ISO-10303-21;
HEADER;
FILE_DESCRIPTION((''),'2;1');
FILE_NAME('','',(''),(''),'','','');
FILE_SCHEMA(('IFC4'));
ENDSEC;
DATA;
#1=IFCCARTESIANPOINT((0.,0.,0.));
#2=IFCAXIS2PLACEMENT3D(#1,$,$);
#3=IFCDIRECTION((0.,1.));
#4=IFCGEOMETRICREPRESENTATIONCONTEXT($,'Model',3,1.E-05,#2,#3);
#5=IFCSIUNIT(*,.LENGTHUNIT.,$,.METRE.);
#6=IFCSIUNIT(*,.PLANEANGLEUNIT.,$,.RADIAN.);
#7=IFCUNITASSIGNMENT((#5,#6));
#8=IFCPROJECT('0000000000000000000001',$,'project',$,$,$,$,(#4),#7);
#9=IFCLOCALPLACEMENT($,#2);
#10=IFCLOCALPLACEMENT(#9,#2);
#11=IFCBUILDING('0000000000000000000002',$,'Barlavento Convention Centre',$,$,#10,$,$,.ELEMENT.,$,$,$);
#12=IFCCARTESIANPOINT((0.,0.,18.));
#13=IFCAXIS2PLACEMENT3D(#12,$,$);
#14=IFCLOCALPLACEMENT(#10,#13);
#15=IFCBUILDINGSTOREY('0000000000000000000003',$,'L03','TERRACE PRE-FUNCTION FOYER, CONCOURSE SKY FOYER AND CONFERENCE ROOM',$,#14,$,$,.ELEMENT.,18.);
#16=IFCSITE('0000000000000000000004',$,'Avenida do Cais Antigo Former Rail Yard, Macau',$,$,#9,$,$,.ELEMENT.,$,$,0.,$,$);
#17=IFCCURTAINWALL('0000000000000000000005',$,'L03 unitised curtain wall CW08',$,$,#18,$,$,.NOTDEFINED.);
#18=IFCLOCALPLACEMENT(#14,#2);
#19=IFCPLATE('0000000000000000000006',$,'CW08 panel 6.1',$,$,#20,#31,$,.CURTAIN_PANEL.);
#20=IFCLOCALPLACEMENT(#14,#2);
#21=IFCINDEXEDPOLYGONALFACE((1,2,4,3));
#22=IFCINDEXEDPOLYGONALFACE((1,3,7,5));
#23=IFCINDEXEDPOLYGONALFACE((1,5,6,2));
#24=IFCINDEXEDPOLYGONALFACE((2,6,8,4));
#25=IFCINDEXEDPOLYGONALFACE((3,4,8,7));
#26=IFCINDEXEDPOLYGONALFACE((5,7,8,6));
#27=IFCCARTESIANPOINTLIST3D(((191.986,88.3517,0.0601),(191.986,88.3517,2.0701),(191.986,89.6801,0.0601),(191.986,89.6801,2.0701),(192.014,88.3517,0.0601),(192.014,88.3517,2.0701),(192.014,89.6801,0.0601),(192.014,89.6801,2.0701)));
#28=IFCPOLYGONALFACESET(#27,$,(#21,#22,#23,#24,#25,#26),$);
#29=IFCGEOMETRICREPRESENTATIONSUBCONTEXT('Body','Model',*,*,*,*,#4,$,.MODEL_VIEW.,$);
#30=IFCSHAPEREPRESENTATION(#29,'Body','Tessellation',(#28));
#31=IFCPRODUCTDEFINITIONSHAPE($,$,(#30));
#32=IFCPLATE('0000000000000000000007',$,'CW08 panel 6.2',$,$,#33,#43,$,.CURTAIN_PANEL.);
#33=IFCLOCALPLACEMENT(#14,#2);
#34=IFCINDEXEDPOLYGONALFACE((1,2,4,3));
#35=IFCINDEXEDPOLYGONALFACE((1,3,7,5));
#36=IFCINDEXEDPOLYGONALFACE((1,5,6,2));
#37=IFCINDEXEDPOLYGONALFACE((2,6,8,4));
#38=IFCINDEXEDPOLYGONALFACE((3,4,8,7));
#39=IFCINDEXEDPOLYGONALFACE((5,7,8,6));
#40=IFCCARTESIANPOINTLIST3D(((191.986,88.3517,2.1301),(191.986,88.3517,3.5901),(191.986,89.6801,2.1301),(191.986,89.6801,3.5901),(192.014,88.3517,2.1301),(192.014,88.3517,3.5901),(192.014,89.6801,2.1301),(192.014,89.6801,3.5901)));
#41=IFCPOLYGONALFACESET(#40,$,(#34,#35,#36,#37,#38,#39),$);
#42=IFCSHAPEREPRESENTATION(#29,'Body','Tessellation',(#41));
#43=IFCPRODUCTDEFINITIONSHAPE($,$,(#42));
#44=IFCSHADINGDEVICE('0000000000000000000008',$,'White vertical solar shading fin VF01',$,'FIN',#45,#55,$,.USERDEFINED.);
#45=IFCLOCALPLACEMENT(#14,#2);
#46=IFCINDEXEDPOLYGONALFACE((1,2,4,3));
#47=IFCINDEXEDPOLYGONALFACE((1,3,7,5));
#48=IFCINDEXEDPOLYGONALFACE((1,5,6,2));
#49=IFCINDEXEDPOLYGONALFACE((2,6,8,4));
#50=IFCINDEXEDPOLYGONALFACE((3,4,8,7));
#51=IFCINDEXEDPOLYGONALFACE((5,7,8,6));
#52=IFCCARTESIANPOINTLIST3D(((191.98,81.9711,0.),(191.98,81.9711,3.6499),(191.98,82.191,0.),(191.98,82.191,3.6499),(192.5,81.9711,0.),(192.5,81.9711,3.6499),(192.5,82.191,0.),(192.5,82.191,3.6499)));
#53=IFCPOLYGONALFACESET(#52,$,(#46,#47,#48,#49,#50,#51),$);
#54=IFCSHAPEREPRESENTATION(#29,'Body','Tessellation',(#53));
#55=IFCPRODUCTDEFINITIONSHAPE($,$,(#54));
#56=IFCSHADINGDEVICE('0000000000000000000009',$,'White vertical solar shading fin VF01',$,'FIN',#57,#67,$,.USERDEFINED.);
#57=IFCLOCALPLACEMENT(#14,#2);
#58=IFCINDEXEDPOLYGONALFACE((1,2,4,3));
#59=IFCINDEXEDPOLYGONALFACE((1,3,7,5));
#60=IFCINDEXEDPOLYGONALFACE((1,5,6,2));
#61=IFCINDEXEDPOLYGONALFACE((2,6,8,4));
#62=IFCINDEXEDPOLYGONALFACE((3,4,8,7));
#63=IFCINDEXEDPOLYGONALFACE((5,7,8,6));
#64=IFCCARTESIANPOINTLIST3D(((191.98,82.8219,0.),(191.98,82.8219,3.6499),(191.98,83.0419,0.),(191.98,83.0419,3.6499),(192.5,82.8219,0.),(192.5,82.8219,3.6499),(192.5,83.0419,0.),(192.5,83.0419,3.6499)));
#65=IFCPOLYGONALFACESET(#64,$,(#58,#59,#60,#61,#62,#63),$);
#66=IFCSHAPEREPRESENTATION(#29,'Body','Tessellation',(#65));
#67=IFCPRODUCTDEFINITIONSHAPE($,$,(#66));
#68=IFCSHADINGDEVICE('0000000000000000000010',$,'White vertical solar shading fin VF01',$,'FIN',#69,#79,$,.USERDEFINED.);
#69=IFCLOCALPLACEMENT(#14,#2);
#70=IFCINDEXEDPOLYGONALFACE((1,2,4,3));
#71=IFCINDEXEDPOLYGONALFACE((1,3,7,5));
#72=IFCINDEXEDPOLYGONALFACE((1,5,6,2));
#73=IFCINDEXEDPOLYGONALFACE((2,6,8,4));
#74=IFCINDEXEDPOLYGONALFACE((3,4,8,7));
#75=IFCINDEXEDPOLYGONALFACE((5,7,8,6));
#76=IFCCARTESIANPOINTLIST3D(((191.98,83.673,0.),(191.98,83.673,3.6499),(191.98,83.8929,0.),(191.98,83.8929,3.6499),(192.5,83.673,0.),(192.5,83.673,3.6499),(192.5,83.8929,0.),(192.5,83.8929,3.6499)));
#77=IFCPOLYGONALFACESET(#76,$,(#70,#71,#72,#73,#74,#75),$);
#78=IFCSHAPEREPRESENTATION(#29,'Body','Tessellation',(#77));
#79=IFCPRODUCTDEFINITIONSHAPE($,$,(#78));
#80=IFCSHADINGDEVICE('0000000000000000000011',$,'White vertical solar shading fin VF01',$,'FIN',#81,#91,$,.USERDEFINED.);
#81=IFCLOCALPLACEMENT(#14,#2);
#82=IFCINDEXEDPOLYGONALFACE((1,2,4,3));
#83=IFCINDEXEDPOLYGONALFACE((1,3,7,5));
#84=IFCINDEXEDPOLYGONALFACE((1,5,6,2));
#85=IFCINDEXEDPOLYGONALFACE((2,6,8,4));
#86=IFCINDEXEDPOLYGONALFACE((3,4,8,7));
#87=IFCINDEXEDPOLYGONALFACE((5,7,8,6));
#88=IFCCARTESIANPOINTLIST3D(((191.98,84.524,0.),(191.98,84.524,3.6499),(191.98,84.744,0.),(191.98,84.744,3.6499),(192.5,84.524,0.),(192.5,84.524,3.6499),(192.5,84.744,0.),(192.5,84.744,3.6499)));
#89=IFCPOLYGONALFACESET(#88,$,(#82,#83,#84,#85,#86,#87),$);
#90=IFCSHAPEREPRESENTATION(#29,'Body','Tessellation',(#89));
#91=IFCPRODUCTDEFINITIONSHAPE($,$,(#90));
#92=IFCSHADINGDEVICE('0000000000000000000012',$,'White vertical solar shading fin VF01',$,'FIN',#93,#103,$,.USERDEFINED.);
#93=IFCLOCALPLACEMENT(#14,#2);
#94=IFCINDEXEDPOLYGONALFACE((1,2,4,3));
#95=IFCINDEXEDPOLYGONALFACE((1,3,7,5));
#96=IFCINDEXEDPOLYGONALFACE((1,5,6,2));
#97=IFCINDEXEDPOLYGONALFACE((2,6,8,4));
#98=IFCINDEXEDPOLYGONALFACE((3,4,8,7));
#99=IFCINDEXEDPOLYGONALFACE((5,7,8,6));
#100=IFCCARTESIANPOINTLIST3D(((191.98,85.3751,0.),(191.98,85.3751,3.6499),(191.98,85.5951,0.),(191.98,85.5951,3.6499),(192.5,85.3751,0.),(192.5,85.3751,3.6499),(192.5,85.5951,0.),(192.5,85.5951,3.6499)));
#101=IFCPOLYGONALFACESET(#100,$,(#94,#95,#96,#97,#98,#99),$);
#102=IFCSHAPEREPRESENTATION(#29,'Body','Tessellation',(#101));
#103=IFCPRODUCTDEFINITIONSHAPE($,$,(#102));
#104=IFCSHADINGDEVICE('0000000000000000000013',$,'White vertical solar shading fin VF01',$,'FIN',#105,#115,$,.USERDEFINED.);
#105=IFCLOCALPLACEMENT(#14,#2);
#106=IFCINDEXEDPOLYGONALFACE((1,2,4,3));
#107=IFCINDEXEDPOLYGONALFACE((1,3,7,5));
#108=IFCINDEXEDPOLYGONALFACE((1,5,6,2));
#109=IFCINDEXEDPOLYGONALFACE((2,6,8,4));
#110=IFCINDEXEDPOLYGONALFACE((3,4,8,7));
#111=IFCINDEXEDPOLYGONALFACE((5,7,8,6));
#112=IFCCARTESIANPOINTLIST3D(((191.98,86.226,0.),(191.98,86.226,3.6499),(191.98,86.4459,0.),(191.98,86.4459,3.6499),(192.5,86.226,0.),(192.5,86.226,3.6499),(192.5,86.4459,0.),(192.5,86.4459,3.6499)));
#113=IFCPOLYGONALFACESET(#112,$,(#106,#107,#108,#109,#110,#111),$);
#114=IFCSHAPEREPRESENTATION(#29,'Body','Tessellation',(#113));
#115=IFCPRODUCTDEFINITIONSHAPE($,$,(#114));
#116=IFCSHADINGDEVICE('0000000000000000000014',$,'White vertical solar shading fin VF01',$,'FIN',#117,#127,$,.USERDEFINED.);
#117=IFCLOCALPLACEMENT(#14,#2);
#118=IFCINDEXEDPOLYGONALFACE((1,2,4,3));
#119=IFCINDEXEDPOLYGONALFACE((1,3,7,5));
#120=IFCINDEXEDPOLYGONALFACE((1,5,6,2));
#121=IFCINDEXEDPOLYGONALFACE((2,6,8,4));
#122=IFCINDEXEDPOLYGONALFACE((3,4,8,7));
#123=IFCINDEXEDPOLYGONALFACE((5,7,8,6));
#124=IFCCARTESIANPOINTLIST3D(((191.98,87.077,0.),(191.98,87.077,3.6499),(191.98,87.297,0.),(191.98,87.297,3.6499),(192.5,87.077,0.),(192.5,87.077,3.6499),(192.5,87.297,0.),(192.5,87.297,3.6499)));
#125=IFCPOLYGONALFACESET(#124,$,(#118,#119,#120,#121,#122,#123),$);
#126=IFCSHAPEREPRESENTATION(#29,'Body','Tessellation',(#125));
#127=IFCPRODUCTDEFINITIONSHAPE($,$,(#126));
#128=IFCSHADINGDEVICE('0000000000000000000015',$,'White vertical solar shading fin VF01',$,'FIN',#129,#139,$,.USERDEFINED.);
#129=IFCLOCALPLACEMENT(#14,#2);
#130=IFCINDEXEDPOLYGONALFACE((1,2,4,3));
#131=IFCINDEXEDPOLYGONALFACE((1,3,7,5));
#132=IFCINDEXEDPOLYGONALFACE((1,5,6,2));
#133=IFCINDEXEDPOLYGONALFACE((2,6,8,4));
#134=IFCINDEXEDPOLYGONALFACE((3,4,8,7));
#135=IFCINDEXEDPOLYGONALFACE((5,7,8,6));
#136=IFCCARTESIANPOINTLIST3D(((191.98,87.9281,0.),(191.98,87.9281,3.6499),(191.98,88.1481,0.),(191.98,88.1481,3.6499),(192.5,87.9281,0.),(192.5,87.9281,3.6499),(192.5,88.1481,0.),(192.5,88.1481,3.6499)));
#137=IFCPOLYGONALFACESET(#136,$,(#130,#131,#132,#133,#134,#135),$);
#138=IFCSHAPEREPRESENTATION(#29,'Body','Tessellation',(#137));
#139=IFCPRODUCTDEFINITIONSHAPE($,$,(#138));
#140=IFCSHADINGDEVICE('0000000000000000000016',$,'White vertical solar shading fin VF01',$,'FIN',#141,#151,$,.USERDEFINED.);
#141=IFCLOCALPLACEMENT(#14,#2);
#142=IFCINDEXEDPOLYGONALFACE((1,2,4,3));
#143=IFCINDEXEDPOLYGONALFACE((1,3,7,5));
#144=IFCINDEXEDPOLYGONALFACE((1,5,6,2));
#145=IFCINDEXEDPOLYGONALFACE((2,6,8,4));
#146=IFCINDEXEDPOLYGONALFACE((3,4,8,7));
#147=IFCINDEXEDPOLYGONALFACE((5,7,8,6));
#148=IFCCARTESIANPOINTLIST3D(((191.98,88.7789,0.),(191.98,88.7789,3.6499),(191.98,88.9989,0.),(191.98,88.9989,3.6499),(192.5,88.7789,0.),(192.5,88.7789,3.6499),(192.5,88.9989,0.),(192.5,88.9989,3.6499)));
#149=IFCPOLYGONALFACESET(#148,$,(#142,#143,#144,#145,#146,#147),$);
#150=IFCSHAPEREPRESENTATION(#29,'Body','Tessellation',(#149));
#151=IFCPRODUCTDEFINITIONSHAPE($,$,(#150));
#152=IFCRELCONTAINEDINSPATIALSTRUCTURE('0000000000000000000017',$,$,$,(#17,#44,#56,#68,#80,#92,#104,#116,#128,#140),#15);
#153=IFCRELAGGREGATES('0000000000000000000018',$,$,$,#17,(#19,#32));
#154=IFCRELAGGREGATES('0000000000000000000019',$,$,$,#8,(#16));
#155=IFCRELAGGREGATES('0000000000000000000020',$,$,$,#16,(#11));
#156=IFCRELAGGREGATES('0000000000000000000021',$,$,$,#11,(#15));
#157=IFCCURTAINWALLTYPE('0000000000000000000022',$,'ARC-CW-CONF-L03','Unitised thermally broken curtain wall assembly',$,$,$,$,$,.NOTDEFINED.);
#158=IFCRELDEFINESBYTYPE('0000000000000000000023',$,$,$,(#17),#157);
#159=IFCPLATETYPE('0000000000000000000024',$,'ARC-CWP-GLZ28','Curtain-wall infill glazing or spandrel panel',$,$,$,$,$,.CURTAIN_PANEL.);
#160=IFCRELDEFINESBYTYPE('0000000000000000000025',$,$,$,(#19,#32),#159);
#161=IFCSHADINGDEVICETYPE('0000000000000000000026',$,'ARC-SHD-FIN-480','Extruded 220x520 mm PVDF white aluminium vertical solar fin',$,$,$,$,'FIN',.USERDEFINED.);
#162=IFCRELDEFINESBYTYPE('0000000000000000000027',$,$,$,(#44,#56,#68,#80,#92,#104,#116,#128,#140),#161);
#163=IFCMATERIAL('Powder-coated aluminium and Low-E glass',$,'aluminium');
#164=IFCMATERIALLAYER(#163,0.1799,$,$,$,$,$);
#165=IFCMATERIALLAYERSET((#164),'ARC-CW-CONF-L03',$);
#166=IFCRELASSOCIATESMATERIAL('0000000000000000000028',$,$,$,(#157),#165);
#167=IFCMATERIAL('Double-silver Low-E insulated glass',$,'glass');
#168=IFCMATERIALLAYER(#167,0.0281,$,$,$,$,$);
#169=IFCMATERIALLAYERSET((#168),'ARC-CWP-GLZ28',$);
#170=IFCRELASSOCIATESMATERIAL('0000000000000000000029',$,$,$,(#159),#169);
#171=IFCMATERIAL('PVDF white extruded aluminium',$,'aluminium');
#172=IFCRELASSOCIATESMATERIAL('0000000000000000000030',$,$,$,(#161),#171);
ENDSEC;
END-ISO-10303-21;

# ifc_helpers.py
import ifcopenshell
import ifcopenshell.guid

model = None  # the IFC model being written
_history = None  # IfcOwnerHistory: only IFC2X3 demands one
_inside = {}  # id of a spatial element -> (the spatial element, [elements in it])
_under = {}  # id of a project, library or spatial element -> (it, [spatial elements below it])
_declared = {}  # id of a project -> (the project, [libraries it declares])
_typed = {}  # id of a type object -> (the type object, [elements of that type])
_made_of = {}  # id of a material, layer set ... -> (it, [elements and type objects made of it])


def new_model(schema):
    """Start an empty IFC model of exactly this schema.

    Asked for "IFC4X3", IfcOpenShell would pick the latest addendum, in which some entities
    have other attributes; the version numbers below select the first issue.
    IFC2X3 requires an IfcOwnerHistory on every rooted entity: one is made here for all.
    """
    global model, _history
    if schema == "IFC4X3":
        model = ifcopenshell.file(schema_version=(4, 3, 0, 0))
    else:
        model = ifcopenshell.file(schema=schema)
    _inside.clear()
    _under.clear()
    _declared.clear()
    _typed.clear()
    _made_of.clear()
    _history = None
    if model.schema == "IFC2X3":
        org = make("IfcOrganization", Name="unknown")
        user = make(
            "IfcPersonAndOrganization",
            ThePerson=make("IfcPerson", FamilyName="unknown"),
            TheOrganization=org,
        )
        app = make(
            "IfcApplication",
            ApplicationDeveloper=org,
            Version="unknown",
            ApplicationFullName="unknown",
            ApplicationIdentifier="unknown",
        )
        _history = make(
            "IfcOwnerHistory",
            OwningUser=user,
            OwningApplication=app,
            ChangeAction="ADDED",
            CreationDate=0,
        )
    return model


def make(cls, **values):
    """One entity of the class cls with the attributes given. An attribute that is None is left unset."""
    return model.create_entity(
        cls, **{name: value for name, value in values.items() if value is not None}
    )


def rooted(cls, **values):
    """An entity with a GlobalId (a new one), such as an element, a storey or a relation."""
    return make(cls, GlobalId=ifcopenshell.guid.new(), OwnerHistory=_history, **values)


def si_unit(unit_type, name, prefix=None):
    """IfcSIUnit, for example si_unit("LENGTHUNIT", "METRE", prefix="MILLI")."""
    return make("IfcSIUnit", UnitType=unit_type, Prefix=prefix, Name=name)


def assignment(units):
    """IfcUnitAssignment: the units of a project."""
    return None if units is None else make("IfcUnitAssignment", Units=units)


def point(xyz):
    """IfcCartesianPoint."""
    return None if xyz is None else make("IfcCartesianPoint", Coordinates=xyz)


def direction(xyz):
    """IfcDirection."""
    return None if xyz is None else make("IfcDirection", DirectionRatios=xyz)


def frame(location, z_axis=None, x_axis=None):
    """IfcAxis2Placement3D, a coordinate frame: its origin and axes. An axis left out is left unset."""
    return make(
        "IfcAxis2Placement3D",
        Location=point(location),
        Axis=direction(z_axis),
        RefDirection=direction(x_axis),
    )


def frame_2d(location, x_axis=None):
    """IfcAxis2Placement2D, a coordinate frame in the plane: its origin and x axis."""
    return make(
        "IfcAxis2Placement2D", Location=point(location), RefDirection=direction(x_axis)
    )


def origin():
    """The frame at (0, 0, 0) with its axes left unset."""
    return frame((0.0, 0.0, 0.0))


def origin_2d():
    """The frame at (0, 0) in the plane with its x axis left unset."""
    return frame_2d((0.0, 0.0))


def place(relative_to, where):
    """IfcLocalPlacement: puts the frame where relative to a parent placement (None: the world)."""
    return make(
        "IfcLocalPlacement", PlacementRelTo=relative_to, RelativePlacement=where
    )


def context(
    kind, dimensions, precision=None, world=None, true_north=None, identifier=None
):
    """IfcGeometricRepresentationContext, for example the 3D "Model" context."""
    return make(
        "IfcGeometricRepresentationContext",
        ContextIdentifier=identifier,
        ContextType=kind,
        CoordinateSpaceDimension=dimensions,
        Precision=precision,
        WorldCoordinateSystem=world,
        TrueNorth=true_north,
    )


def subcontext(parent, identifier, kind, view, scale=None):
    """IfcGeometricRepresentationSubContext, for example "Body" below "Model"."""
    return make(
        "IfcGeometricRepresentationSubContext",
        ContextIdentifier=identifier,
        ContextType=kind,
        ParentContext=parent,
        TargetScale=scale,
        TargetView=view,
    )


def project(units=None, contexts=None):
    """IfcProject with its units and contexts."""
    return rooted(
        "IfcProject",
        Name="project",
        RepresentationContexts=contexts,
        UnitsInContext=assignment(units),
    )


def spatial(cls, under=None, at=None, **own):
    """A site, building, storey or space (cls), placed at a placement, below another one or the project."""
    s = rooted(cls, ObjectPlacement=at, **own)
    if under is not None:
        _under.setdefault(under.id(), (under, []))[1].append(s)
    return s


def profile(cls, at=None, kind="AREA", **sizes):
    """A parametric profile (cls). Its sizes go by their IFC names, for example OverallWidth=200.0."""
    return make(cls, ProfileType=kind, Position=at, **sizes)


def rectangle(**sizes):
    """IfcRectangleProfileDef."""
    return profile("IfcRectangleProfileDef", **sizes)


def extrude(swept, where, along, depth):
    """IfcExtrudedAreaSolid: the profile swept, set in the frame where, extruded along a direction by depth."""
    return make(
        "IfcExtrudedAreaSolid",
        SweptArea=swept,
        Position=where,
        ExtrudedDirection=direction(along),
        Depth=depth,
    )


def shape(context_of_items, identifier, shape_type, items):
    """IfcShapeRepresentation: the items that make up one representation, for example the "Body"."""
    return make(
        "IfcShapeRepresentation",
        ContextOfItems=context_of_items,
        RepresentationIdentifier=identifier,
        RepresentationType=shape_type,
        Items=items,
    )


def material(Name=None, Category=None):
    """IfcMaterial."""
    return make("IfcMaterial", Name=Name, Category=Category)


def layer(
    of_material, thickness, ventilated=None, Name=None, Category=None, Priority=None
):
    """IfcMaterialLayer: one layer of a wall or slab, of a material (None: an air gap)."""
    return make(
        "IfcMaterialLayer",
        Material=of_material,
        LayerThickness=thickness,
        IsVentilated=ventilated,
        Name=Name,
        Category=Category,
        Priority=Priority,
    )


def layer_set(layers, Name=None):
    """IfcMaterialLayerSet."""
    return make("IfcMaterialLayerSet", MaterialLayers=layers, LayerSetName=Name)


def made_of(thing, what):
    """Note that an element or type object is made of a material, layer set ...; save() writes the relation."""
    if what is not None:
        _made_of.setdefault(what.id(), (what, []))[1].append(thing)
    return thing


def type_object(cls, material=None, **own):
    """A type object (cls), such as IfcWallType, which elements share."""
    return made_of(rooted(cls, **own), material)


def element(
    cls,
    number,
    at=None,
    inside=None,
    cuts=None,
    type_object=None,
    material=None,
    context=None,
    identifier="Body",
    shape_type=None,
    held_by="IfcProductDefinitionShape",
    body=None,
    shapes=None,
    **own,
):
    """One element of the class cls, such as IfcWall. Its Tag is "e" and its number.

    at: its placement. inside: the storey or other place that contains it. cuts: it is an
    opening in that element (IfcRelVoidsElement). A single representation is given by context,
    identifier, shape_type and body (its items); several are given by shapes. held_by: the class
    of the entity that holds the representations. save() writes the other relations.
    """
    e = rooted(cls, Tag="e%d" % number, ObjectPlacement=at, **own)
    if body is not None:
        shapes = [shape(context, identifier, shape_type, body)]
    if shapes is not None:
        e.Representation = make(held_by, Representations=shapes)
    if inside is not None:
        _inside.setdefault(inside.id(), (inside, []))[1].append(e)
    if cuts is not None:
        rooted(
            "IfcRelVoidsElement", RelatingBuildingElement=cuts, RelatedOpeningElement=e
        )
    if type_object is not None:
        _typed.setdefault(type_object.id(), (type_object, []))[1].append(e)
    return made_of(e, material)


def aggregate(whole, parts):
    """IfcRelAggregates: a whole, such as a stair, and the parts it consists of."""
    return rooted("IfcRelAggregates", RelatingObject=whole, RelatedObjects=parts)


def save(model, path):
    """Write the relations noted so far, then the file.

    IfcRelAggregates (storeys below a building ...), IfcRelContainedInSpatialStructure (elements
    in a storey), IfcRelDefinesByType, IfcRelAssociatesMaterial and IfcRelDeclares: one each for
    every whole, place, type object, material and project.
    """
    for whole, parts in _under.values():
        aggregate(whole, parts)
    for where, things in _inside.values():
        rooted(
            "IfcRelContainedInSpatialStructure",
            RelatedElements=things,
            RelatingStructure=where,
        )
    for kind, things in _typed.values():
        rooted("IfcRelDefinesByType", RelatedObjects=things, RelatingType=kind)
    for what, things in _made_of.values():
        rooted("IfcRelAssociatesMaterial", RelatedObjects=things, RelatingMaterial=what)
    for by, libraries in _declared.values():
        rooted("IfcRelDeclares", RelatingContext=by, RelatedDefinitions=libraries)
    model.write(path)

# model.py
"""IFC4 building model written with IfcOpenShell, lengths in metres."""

from ifc_helpers import new_model, si_unit, direction, frame, origin, origin_2d, place, context, subcontext, project, spatial, rectangle, extrude, material, layer, layer_set, type_object, element, aggregate, save


model = new_model("IFC4")

# Units and contexts
model_context = context("Model", 3, precision=1e-05, world=origin(), true_north=direction((0.0, 1.0)))
body_context = subcontext(model_context, "Body", "Model", "MODEL_VIEW")
ifc_project = project(units=[si_unit("LENGTHUNIT", "METRE"), si_unit("PLANEANGLEUNIT", "RADIAN")], contexts=[model_context])

# Site, building, storey
site_placement = place(None, origin())
site = spatial("IfcSite", under=ifc_project, at=site_placement, Name="Avenida do Cais Antigo Former Rail Yard, Macau", CompositionType="ELEMENT", RefElevation=0.0)
building_placement = place(site_placement, origin())
building = spatial("IfcBuilding", under=site, at=building_placement, Name="Barlavento Convention Centre", CompositionType="ELEMENT")
storey_placement = place(building_placement, frame((0.0, 0.0, 18.0)))
storey = spatial("IfcBuildingStorey", under=building, at=storey_placement, Name="L03", Description="TERRACE PRE-FUNCTION FOYER, CONCOURSE SKY FOYER AND CONFERENCE ROOM", CompositionType="ELEMENT", Elevation=18.0)

# Curtain wall
ifc_material_1 = material(Name="Powder-coated aluminium and Low-E glass", Category="aluminium")
ifc_layer_1 = layer(ifc_material_1, 0.1799)
ifc_layer_set_1 = layer_set([ifc_layer_1], Name="ARC-CW-CONF-L03")
curtain_wall_type = type_object("IfcCurtainWallType", Name="ARC-CW-CONF-L03", Description="Unitised thermally broken curtain wall assembly", PredefinedType="NOTDEFINED", material=ifc_layer_set_1)
curtain_wall_1_placement = place(storey_placement, origin())
curtain_wall_1 = element("IfcCurtainWall", 1, at=curtain_wall_1_placement, inside=storey, type_object=curtain_wall_type, Name="L03 unitised curtain wall CW08", PredefinedType="NOTDEFINED")

# Plates
ifc_material_2 = material(Name="Double-silver Low-E insulated glass", Category="glass")
ifc_layer_2 = layer(ifc_material_2, 0.0281)
ifc_layer_set_2 = layer_set([ifc_layer_2], Name="ARC-CWP-GLZ28")
plate_type = type_object("IfcPlateType", Name="ARC-CWP-GLZ28", Description="Curtain-wall infill glazing or spandrel panel", PredefinedType="CURTAIN_PANEL", material=ifc_layer_set_2)
plate_1_placement = place(storey_placement, frame((192.0, 89.0159, 0.0601), z_axis=(0.0, 0.0, 1.0), x_axis=(0.0, 1.0, 0.0)))
plate_1 = element("IfcPlate", 2, at=plate_1_placement, type_object=plate_type, Name="CW08 panel 6.1", PredefinedType="CURTAIN_PANEL", context=body_context, shape_type="SweptSolid", body=[
    extrude(rectangle(XDim=1.3284, YDim=0.0281, at=origin_2d()), origin(), (0.0, 0.0, 1.0), 2.01),
])
plate_2_placement = place(storey_placement, frame((192.0, 89.0159, 2.1301), z_axis=(0.0, 0.0, 1.0), x_axis=(0.0, 1.0, 0.0)))
plate_2 = element("IfcPlate", 3, at=plate_2_placement, type_object=plate_type, Name="CW08 panel 6.2", PredefinedType="CURTAIN_PANEL", context=body_context, shape_type="SweptSolid", body=[
    extrude(rectangle(XDim=1.3284, YDim=0.0281, at=origin_2d()), origin(), (0.0, 0.0, 1.0), 1.46),
])
aggregate(curtain_wall_1, [plate_1, plate_2])

# Shading devices
ifc_material_3 = material(Name="PVDF white extruded aluminium", Category="aluminium")
shading_device_type = type_object("IfcShadingDeviceType", Name="ARC-SHD-FIN-480", Description="Extruded 220x520 mm PVDF white aluminium vertical solar fin", ElementType="FIN", PredefinedType="USERDEFINED", material=ifc_material_3)
for number, where, z_axis, x_axis, name in (
    (4, (192.24, 82.0811, 0.0), (0.0, 0.0, 1.0), (0.0, 1.0, 0.0), "White vertical solar shading fin VF01"),
    (5, (192.24, 82.9319, 0.0), (0.0, 0.0, 1.0), (0.0, 1.0, 0.0), "White vertical solar shading fin VF01"),
    (6, (192.24, 83.783, 0.0), (0.0, 0.0, 1.0), (0.0, 1.0, 0.0), "White vertical solar shading fin VF01"),
    (7, (192.24, 84.634, 0.0), (0.0, 0.0, 1.0), (0.0, 1.0, 0.0), "White vertical solar shading fin VF01"),
    (8, (192.24, 85.4851, 0.0), (0.0, 0.0, 1.0), (0.0, 1.0, 0.0), "White vertical solar shading fin VF01"),
    (9, (192.24, 86.3359, 0.0), (0.0, 0.0, 1.0), (0.0, 1.0, 0.0), "White vertical solar shading fin VF01"),
    (10, (192.24, 87.187, 0.0), (0.0, 0.0, 1.0), (0.0, 1.0, 0.0), "White vertical solar shading fin VF01"),
    (11, (192.24, 88.0381, 0.0), (0.0, 0.0, 1.0), (0.0, 1.0, 0.0), "White vertical solar shading fin VF01"),
    (12, (192.24, 88.8889, 0.0), (0.0, 0.0, 1.0), (0.0, 1.0, 0.0), "White vertical solar shading fin VF01"),
):
    element("IfcShadingDevice", number, at=place(storey_placement, frame(where, z_axis=z_axis, x_axis=x_axis)), inside=storey, type_object=shading_device_type, Name=name, ObjectType="FIN", PredefinedType="USERDEFINED", context=body_context, shape_type="SweptSolid", body=[
        extrude(rectangle(XDim=0.22, YDim=0.52, at=origin_2d()), origin(), (0.0, 0.0, 1.0), 3.6499),
    ])

save(model, "model.ifc")
